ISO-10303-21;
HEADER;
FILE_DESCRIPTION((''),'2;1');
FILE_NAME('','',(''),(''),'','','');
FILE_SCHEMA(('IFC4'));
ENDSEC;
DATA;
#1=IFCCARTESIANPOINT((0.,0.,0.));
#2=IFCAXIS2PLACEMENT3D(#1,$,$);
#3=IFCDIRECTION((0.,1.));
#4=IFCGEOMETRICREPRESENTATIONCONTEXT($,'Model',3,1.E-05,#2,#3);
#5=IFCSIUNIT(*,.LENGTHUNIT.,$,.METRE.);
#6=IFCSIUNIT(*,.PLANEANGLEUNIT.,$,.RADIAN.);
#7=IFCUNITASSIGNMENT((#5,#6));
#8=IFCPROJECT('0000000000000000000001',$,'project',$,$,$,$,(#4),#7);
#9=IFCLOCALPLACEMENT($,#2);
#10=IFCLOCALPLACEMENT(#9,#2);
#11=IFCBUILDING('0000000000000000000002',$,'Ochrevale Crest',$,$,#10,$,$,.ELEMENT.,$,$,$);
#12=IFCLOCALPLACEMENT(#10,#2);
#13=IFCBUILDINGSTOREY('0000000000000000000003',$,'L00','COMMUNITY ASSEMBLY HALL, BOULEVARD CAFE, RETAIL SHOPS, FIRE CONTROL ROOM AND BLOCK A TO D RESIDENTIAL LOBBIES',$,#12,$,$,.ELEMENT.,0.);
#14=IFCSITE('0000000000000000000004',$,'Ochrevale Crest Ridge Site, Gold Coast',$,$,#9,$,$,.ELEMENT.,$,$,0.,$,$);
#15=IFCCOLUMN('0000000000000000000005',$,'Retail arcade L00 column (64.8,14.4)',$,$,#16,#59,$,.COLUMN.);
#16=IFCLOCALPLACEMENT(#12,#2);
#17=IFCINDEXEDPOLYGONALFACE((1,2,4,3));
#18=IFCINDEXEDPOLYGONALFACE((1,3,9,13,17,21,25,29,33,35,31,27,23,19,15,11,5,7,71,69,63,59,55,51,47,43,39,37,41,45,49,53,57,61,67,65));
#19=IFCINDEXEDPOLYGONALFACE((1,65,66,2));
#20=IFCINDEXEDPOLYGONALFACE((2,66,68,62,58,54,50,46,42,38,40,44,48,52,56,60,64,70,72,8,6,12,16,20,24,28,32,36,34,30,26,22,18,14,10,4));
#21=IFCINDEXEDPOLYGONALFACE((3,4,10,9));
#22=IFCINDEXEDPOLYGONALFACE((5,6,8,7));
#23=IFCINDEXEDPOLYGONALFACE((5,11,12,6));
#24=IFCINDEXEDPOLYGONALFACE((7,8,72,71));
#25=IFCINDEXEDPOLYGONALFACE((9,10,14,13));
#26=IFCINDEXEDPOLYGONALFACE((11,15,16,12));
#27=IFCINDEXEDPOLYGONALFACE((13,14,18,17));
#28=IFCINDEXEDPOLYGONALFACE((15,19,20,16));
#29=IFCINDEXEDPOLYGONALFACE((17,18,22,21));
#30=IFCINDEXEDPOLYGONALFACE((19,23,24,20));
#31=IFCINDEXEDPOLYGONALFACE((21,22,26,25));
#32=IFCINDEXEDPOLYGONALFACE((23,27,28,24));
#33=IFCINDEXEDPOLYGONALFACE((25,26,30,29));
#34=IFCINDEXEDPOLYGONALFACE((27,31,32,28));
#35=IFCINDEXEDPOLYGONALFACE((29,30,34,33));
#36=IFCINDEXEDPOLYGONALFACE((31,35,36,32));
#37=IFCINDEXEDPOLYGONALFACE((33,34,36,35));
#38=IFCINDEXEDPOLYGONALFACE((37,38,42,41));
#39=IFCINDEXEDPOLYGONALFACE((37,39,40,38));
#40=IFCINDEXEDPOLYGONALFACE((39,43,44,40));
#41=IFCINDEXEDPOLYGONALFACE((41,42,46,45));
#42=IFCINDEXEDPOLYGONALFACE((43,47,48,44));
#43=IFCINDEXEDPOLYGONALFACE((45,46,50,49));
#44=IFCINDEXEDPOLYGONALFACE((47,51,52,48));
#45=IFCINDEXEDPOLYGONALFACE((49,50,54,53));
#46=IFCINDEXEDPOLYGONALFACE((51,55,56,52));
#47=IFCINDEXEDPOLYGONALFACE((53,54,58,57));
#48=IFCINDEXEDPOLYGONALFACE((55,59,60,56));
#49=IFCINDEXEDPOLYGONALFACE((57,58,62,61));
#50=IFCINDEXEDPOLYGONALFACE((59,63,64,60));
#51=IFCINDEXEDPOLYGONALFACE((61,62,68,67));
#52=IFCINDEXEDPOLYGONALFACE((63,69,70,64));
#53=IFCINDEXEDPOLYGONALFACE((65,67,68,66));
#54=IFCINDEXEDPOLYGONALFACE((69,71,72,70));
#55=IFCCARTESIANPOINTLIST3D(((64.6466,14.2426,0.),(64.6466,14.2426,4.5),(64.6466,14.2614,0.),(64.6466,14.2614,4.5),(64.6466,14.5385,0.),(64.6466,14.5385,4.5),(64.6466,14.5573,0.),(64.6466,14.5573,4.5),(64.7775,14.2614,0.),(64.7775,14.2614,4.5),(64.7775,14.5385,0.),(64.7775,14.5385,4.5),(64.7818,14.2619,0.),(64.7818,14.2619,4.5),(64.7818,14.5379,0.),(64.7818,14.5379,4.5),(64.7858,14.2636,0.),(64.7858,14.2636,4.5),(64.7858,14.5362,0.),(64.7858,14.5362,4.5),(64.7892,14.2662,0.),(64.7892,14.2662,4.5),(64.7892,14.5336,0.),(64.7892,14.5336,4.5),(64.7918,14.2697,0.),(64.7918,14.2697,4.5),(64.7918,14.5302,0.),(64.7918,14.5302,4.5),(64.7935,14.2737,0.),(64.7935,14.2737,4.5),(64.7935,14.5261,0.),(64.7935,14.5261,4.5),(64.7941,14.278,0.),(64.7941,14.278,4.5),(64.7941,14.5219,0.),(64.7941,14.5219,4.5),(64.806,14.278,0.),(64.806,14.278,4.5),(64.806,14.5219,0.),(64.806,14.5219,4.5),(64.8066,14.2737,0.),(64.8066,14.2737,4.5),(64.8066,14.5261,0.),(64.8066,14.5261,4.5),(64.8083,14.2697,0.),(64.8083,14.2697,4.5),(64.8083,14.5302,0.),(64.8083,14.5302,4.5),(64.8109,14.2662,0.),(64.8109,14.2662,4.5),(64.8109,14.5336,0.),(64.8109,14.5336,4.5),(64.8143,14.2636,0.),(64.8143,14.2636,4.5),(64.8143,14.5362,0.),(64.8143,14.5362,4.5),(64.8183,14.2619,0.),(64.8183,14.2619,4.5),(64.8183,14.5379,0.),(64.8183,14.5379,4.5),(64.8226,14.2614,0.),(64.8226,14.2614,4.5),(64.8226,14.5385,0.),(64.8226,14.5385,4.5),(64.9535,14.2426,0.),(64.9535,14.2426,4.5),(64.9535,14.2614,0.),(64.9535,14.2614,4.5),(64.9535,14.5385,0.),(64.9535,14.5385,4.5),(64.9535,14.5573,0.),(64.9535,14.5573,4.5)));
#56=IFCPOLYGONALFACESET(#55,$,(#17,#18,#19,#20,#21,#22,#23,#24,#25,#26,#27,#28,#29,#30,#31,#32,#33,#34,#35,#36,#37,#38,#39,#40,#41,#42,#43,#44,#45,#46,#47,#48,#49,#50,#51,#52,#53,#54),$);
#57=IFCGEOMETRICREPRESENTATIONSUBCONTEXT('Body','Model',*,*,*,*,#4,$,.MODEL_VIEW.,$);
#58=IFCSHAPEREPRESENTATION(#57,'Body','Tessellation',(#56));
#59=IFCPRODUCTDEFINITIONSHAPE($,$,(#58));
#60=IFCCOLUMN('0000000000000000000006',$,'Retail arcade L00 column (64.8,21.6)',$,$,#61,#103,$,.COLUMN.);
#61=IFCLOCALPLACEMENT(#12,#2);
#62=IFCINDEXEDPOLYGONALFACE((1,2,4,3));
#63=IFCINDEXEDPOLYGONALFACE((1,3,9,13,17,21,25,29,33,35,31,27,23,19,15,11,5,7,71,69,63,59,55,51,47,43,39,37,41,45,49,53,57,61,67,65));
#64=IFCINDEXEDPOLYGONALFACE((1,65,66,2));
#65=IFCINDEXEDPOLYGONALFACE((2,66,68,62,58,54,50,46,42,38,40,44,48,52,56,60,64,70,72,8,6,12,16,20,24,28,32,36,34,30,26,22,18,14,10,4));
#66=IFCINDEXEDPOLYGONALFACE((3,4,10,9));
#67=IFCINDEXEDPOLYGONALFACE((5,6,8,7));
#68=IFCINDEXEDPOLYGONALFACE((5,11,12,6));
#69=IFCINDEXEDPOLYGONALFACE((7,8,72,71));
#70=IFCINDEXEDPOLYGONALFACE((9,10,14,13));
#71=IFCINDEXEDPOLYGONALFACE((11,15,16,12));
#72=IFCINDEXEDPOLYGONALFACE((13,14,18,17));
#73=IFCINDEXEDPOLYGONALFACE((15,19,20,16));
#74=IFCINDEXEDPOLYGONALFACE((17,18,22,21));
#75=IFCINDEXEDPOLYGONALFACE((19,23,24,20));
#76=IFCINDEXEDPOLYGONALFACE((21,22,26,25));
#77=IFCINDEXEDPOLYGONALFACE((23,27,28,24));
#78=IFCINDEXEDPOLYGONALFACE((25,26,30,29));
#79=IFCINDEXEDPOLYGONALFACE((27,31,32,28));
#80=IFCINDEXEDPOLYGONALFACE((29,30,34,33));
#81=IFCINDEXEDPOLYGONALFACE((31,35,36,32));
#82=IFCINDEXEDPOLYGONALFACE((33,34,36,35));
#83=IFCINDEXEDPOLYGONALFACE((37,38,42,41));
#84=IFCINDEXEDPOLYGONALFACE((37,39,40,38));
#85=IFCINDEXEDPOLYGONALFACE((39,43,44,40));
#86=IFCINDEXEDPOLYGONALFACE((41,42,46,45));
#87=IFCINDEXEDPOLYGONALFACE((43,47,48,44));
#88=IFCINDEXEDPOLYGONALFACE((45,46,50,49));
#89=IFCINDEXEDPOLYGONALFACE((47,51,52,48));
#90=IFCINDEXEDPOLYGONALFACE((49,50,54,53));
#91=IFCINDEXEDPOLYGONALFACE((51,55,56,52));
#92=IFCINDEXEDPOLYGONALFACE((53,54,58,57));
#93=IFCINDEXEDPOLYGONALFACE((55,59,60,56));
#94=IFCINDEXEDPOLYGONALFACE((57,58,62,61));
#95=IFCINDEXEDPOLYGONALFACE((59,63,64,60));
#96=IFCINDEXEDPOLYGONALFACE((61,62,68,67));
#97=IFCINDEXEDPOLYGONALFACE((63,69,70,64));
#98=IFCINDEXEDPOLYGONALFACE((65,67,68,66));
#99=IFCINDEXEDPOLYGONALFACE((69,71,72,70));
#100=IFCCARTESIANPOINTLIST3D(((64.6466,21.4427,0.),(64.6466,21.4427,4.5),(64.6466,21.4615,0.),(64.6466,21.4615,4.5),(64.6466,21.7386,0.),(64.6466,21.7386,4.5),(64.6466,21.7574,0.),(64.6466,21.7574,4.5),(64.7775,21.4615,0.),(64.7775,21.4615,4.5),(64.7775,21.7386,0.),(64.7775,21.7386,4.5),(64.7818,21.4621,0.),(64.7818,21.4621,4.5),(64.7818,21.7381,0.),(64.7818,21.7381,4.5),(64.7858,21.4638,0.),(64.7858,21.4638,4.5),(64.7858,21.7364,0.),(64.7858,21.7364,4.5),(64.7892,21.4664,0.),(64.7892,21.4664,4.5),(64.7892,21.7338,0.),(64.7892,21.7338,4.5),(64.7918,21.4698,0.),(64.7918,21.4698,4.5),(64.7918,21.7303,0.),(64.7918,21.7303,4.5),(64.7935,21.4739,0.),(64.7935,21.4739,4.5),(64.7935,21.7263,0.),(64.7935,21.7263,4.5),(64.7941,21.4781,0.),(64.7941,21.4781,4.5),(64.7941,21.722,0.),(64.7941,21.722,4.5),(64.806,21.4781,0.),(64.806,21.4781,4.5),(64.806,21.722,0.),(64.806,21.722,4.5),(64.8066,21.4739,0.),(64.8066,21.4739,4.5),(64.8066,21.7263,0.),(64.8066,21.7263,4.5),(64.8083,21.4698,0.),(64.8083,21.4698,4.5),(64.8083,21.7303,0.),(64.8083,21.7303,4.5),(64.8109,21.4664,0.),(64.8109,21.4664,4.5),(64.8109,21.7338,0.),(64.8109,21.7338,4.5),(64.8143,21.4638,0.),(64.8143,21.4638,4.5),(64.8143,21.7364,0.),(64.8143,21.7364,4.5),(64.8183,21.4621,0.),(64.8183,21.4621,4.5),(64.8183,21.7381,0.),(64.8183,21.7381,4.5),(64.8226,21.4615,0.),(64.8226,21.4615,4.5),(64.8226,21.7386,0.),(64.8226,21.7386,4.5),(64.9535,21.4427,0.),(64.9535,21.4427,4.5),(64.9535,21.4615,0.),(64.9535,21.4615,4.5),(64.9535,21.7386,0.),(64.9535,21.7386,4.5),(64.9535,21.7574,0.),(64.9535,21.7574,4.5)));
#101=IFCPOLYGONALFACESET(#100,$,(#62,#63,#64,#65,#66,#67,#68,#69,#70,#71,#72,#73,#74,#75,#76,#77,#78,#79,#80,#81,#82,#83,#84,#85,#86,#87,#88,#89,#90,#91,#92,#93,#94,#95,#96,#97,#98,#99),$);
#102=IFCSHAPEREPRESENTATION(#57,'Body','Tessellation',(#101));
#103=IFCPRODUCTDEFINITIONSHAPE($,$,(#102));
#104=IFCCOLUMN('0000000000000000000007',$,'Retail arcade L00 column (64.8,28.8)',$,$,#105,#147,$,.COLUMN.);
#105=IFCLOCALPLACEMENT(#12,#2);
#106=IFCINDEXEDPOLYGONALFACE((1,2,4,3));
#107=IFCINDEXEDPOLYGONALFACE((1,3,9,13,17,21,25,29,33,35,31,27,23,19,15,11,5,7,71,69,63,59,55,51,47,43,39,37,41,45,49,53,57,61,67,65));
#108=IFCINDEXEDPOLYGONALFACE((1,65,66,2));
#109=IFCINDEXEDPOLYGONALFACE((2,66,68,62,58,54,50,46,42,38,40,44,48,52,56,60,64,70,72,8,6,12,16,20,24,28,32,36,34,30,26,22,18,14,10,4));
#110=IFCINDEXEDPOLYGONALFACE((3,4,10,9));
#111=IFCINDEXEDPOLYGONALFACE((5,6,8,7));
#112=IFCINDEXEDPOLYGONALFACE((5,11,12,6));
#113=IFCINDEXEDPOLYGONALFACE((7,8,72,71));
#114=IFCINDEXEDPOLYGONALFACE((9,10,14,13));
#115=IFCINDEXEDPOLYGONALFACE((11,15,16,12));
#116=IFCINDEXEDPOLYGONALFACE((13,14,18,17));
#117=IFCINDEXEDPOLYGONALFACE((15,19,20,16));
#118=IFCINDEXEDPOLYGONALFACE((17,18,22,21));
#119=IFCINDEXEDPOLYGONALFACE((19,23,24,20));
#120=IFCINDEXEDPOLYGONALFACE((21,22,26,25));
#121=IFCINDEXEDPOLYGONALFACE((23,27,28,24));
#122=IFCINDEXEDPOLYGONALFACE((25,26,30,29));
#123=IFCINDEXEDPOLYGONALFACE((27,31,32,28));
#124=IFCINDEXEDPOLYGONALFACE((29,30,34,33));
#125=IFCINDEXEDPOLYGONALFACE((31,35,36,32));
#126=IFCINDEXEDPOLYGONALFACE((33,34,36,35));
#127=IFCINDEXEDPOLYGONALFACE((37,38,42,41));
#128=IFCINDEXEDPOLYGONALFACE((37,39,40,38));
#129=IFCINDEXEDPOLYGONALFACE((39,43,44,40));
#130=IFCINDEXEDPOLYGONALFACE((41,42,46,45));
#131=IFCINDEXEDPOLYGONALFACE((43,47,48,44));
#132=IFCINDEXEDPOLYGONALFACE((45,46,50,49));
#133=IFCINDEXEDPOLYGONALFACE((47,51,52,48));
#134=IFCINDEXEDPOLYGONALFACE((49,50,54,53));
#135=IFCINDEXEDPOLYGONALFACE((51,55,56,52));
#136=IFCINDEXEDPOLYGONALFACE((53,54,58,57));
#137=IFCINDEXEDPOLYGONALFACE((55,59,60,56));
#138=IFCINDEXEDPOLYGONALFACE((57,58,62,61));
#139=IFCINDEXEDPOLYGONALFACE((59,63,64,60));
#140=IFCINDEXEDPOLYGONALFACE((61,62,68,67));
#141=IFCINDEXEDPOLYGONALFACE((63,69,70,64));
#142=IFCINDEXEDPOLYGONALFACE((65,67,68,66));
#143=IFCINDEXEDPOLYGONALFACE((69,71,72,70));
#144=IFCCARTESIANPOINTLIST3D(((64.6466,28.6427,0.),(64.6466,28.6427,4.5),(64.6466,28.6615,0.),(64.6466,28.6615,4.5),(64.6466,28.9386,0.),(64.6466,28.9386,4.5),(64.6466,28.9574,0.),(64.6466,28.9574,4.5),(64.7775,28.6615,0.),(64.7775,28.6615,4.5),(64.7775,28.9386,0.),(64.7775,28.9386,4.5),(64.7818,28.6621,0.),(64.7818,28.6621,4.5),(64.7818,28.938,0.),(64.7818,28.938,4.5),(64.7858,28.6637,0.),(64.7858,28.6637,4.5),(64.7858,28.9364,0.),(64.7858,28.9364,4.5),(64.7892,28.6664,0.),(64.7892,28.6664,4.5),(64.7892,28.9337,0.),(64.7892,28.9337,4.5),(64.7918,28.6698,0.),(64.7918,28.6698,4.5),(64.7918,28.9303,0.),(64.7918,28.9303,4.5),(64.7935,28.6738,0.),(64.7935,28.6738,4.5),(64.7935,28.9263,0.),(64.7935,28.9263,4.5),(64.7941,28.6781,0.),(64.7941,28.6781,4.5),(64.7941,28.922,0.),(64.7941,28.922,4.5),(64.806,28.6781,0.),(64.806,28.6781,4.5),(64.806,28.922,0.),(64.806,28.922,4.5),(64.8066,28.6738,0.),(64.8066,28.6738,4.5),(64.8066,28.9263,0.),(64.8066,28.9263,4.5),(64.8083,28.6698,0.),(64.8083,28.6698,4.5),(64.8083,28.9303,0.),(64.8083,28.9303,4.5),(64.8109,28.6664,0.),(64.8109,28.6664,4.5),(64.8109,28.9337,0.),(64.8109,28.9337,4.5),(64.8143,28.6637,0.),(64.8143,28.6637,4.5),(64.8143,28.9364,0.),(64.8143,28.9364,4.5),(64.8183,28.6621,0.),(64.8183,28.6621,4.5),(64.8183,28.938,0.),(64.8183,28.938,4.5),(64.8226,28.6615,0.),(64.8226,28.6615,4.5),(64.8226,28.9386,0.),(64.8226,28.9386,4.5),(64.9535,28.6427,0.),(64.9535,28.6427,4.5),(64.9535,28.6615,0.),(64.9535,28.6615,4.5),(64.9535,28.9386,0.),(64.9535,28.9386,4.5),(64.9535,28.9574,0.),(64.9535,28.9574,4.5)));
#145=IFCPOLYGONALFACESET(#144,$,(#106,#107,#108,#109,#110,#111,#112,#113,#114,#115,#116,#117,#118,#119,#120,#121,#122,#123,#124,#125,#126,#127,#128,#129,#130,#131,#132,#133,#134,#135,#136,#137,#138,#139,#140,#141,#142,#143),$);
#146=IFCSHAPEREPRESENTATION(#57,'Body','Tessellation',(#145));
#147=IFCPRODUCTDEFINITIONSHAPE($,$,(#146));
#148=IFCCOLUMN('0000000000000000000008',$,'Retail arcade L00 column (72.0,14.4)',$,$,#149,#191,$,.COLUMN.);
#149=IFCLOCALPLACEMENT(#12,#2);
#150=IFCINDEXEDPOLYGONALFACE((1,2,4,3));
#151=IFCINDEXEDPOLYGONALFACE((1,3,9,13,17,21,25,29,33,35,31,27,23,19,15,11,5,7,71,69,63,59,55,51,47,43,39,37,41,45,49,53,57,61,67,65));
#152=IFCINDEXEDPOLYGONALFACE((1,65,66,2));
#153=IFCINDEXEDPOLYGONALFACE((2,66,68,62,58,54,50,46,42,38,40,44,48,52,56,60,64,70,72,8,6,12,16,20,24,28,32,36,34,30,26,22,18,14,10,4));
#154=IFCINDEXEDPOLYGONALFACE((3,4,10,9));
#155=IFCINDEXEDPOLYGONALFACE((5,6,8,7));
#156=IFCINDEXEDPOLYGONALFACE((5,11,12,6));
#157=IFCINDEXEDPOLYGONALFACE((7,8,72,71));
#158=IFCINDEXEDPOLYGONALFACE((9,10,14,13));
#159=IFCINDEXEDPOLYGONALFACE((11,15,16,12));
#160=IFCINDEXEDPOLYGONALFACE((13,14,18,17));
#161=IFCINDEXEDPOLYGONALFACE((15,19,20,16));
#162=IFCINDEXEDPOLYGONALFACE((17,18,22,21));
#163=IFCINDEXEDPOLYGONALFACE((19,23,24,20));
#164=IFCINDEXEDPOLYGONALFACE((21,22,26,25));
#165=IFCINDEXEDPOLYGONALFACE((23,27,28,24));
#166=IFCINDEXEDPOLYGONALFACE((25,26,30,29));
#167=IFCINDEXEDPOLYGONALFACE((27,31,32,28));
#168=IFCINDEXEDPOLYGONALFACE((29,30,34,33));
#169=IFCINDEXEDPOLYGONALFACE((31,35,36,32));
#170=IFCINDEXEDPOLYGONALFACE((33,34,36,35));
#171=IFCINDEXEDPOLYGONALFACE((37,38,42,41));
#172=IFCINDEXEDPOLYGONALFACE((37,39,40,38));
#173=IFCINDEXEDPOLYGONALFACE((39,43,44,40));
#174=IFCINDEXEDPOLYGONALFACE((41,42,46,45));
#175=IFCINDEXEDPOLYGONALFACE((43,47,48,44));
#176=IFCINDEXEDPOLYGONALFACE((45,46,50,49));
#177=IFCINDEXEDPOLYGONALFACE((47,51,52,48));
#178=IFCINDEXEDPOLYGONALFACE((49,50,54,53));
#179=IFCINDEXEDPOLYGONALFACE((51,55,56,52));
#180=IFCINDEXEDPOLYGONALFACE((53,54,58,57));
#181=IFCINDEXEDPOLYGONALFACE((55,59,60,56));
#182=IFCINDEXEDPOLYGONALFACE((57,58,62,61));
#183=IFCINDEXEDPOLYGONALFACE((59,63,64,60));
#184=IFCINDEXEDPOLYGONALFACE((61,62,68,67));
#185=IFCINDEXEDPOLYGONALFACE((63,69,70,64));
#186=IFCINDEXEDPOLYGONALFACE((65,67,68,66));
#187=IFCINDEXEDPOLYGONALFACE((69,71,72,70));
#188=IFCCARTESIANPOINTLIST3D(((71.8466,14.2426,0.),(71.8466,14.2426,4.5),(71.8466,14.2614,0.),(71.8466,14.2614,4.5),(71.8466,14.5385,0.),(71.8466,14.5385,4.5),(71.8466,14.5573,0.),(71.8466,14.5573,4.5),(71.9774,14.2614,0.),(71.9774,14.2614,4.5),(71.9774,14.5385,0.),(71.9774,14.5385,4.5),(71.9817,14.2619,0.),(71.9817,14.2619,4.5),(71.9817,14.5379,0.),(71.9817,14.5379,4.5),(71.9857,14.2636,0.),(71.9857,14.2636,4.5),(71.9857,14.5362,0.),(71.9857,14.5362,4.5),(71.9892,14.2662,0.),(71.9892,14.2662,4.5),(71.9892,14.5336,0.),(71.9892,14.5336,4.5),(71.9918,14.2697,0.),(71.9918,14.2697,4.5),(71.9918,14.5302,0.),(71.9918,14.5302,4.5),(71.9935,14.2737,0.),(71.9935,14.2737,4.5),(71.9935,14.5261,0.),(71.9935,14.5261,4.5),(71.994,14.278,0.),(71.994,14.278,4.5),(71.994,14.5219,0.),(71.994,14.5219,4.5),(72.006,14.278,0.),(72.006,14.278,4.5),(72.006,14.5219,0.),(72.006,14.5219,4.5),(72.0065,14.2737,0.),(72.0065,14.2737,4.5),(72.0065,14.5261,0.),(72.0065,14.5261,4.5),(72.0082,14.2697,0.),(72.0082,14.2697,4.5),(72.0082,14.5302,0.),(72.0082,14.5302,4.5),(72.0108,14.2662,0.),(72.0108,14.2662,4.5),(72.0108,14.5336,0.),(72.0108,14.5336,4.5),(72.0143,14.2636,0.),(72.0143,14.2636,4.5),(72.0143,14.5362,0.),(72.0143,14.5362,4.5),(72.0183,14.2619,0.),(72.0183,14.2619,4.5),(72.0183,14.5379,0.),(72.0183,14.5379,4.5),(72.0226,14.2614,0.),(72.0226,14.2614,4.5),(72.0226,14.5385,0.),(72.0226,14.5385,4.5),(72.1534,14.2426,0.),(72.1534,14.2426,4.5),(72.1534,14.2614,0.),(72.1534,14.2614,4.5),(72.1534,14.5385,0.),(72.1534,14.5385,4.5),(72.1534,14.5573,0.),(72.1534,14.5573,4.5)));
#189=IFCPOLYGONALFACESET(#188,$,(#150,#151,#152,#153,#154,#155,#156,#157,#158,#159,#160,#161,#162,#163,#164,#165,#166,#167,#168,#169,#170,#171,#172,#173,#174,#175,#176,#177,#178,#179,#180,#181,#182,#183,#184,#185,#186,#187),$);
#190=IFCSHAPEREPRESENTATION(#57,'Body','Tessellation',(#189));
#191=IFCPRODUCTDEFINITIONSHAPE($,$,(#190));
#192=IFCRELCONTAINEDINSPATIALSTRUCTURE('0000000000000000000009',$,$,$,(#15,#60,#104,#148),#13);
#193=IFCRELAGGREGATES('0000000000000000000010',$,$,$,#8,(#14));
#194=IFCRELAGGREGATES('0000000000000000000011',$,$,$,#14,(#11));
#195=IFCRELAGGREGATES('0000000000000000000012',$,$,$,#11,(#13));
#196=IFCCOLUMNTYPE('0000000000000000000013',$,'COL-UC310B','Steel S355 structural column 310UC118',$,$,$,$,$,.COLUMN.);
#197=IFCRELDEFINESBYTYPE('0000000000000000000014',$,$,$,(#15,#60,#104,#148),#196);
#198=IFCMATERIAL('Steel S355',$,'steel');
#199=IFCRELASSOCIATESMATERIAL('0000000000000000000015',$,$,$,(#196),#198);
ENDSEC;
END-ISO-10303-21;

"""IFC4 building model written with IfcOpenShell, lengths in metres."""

from ifc_helpers import new_model, si_unit, direction, frame, origin, origin_2d, place, context, subcontext, project, spatial, i_section, extrude, material, material_profile, profile_set, type_object, element, save


model = new_model("IFC4")

# Units and contexts
model_context = context("Model", 3, precision=1e-05, world=origin(), true_north=direction((0.0, 1.0)))
body_context = subcontext(model_context, "Body", "Model", "MODEL_VIEW")
ifc_project = project(units=[si_unit("LENGTHUNIT", "METRE"), si_unit("PLANEANGLEUNIT", "RADIAN")], contexts=[model_context])

# Site, building, storey
site_placement = place(None, origin())
site = spatial("IfcSite", under=ifc_project, at=site_placement, Name="Ochrevale Crest Ridge Site, Gold Coast", CompositionType="ELEMENT", RefElevation=0.0)
building_placement = place(site_placement, origin())
building = spatial("IfcBuilding", under=site, at=building_placement, Name="Ochrevale Crest", CompositionType="ELEMENT")
storey_placement = place(building_placement, origin())
storey = spatial("IfcBuildingStorey", under=building, at=storey_placement, Name="L00", Description="COMMUNITY ASSEMBLY HALL, BOULEVARD CAFE, RETAIL SHOPS, FIRE CONTROL ROOM AND BLOCK A TO D RESIDENTIAL LOBBIES", CompositionType="ELEMENT", Elevation=0.0)

# Columns
ifc_material_1 = material(Name="Steel S355", Category="steel")
ifc_material_profile_1 = material_profile(ifc_material_1, i_section(OverallWidth=0.3069, OverallDepth=0.3147, WebThickness=0.012, FlangeThickness=0.0188, FilletRadius=0.0166, at=origin_2d()), Name="310UC118")
ifc_profile_set_1 = profile_set([ifc_material_profile_1], Name="Steel S355")
column_type = type_object("IfcColumnType", Name="COL-UC310B", Description="Steel S355 structural column 310UC118", PredefinedType="COLUMN", material=ifc_profile_set_1)
for number, where, z_axis, x_axis, name in (
    (1, (64.8, 14.3999, 0.0), (0.0, 0.0, 1.0), (1.0, 0.0, 0.0), "Retail arcade L00 column (64.8,14.4)"),
    (2, (64.8, 21.6001, 0.0), (0.0, 0.0, 1.0), (1.0, 0.0, 0.0), "Retail arcade L00 column (64.8,21.6)"),
    (3, (64.8, 28.8, 0.0), (0.0, 0.0, 1.0), (1.0, 0.0, 0.0), "Retail arcade L00 column (64.8,28.8)"),
    (4, (72.0, 14.3999, 0.0), (0.0, 0.0, 1.0), (1.0, 0.0, 0.0), "Retail arcade L00 column (72.0,14.4)"),
):
    element("IfcColumn", number, at=place(storey_placement, frame(where, z_axis=z_axis, x_axis=x_axis)), inside=storey, type_object=column_type, Name=name, PredefinedType="COLUMN", context=body_context, shape_type="SweptSolid", body=[
        extrude(i_section(OverallWidth=0.3069, OverallDepth=0.3147, WebThickness=0.012, FlangeThickness=0.0188, FilletRadius=0.0166, at=origin_2d()), origin(), (0.0, 0.0, 1.0), 4.5),
    ])

save(model, "model.ifc")
